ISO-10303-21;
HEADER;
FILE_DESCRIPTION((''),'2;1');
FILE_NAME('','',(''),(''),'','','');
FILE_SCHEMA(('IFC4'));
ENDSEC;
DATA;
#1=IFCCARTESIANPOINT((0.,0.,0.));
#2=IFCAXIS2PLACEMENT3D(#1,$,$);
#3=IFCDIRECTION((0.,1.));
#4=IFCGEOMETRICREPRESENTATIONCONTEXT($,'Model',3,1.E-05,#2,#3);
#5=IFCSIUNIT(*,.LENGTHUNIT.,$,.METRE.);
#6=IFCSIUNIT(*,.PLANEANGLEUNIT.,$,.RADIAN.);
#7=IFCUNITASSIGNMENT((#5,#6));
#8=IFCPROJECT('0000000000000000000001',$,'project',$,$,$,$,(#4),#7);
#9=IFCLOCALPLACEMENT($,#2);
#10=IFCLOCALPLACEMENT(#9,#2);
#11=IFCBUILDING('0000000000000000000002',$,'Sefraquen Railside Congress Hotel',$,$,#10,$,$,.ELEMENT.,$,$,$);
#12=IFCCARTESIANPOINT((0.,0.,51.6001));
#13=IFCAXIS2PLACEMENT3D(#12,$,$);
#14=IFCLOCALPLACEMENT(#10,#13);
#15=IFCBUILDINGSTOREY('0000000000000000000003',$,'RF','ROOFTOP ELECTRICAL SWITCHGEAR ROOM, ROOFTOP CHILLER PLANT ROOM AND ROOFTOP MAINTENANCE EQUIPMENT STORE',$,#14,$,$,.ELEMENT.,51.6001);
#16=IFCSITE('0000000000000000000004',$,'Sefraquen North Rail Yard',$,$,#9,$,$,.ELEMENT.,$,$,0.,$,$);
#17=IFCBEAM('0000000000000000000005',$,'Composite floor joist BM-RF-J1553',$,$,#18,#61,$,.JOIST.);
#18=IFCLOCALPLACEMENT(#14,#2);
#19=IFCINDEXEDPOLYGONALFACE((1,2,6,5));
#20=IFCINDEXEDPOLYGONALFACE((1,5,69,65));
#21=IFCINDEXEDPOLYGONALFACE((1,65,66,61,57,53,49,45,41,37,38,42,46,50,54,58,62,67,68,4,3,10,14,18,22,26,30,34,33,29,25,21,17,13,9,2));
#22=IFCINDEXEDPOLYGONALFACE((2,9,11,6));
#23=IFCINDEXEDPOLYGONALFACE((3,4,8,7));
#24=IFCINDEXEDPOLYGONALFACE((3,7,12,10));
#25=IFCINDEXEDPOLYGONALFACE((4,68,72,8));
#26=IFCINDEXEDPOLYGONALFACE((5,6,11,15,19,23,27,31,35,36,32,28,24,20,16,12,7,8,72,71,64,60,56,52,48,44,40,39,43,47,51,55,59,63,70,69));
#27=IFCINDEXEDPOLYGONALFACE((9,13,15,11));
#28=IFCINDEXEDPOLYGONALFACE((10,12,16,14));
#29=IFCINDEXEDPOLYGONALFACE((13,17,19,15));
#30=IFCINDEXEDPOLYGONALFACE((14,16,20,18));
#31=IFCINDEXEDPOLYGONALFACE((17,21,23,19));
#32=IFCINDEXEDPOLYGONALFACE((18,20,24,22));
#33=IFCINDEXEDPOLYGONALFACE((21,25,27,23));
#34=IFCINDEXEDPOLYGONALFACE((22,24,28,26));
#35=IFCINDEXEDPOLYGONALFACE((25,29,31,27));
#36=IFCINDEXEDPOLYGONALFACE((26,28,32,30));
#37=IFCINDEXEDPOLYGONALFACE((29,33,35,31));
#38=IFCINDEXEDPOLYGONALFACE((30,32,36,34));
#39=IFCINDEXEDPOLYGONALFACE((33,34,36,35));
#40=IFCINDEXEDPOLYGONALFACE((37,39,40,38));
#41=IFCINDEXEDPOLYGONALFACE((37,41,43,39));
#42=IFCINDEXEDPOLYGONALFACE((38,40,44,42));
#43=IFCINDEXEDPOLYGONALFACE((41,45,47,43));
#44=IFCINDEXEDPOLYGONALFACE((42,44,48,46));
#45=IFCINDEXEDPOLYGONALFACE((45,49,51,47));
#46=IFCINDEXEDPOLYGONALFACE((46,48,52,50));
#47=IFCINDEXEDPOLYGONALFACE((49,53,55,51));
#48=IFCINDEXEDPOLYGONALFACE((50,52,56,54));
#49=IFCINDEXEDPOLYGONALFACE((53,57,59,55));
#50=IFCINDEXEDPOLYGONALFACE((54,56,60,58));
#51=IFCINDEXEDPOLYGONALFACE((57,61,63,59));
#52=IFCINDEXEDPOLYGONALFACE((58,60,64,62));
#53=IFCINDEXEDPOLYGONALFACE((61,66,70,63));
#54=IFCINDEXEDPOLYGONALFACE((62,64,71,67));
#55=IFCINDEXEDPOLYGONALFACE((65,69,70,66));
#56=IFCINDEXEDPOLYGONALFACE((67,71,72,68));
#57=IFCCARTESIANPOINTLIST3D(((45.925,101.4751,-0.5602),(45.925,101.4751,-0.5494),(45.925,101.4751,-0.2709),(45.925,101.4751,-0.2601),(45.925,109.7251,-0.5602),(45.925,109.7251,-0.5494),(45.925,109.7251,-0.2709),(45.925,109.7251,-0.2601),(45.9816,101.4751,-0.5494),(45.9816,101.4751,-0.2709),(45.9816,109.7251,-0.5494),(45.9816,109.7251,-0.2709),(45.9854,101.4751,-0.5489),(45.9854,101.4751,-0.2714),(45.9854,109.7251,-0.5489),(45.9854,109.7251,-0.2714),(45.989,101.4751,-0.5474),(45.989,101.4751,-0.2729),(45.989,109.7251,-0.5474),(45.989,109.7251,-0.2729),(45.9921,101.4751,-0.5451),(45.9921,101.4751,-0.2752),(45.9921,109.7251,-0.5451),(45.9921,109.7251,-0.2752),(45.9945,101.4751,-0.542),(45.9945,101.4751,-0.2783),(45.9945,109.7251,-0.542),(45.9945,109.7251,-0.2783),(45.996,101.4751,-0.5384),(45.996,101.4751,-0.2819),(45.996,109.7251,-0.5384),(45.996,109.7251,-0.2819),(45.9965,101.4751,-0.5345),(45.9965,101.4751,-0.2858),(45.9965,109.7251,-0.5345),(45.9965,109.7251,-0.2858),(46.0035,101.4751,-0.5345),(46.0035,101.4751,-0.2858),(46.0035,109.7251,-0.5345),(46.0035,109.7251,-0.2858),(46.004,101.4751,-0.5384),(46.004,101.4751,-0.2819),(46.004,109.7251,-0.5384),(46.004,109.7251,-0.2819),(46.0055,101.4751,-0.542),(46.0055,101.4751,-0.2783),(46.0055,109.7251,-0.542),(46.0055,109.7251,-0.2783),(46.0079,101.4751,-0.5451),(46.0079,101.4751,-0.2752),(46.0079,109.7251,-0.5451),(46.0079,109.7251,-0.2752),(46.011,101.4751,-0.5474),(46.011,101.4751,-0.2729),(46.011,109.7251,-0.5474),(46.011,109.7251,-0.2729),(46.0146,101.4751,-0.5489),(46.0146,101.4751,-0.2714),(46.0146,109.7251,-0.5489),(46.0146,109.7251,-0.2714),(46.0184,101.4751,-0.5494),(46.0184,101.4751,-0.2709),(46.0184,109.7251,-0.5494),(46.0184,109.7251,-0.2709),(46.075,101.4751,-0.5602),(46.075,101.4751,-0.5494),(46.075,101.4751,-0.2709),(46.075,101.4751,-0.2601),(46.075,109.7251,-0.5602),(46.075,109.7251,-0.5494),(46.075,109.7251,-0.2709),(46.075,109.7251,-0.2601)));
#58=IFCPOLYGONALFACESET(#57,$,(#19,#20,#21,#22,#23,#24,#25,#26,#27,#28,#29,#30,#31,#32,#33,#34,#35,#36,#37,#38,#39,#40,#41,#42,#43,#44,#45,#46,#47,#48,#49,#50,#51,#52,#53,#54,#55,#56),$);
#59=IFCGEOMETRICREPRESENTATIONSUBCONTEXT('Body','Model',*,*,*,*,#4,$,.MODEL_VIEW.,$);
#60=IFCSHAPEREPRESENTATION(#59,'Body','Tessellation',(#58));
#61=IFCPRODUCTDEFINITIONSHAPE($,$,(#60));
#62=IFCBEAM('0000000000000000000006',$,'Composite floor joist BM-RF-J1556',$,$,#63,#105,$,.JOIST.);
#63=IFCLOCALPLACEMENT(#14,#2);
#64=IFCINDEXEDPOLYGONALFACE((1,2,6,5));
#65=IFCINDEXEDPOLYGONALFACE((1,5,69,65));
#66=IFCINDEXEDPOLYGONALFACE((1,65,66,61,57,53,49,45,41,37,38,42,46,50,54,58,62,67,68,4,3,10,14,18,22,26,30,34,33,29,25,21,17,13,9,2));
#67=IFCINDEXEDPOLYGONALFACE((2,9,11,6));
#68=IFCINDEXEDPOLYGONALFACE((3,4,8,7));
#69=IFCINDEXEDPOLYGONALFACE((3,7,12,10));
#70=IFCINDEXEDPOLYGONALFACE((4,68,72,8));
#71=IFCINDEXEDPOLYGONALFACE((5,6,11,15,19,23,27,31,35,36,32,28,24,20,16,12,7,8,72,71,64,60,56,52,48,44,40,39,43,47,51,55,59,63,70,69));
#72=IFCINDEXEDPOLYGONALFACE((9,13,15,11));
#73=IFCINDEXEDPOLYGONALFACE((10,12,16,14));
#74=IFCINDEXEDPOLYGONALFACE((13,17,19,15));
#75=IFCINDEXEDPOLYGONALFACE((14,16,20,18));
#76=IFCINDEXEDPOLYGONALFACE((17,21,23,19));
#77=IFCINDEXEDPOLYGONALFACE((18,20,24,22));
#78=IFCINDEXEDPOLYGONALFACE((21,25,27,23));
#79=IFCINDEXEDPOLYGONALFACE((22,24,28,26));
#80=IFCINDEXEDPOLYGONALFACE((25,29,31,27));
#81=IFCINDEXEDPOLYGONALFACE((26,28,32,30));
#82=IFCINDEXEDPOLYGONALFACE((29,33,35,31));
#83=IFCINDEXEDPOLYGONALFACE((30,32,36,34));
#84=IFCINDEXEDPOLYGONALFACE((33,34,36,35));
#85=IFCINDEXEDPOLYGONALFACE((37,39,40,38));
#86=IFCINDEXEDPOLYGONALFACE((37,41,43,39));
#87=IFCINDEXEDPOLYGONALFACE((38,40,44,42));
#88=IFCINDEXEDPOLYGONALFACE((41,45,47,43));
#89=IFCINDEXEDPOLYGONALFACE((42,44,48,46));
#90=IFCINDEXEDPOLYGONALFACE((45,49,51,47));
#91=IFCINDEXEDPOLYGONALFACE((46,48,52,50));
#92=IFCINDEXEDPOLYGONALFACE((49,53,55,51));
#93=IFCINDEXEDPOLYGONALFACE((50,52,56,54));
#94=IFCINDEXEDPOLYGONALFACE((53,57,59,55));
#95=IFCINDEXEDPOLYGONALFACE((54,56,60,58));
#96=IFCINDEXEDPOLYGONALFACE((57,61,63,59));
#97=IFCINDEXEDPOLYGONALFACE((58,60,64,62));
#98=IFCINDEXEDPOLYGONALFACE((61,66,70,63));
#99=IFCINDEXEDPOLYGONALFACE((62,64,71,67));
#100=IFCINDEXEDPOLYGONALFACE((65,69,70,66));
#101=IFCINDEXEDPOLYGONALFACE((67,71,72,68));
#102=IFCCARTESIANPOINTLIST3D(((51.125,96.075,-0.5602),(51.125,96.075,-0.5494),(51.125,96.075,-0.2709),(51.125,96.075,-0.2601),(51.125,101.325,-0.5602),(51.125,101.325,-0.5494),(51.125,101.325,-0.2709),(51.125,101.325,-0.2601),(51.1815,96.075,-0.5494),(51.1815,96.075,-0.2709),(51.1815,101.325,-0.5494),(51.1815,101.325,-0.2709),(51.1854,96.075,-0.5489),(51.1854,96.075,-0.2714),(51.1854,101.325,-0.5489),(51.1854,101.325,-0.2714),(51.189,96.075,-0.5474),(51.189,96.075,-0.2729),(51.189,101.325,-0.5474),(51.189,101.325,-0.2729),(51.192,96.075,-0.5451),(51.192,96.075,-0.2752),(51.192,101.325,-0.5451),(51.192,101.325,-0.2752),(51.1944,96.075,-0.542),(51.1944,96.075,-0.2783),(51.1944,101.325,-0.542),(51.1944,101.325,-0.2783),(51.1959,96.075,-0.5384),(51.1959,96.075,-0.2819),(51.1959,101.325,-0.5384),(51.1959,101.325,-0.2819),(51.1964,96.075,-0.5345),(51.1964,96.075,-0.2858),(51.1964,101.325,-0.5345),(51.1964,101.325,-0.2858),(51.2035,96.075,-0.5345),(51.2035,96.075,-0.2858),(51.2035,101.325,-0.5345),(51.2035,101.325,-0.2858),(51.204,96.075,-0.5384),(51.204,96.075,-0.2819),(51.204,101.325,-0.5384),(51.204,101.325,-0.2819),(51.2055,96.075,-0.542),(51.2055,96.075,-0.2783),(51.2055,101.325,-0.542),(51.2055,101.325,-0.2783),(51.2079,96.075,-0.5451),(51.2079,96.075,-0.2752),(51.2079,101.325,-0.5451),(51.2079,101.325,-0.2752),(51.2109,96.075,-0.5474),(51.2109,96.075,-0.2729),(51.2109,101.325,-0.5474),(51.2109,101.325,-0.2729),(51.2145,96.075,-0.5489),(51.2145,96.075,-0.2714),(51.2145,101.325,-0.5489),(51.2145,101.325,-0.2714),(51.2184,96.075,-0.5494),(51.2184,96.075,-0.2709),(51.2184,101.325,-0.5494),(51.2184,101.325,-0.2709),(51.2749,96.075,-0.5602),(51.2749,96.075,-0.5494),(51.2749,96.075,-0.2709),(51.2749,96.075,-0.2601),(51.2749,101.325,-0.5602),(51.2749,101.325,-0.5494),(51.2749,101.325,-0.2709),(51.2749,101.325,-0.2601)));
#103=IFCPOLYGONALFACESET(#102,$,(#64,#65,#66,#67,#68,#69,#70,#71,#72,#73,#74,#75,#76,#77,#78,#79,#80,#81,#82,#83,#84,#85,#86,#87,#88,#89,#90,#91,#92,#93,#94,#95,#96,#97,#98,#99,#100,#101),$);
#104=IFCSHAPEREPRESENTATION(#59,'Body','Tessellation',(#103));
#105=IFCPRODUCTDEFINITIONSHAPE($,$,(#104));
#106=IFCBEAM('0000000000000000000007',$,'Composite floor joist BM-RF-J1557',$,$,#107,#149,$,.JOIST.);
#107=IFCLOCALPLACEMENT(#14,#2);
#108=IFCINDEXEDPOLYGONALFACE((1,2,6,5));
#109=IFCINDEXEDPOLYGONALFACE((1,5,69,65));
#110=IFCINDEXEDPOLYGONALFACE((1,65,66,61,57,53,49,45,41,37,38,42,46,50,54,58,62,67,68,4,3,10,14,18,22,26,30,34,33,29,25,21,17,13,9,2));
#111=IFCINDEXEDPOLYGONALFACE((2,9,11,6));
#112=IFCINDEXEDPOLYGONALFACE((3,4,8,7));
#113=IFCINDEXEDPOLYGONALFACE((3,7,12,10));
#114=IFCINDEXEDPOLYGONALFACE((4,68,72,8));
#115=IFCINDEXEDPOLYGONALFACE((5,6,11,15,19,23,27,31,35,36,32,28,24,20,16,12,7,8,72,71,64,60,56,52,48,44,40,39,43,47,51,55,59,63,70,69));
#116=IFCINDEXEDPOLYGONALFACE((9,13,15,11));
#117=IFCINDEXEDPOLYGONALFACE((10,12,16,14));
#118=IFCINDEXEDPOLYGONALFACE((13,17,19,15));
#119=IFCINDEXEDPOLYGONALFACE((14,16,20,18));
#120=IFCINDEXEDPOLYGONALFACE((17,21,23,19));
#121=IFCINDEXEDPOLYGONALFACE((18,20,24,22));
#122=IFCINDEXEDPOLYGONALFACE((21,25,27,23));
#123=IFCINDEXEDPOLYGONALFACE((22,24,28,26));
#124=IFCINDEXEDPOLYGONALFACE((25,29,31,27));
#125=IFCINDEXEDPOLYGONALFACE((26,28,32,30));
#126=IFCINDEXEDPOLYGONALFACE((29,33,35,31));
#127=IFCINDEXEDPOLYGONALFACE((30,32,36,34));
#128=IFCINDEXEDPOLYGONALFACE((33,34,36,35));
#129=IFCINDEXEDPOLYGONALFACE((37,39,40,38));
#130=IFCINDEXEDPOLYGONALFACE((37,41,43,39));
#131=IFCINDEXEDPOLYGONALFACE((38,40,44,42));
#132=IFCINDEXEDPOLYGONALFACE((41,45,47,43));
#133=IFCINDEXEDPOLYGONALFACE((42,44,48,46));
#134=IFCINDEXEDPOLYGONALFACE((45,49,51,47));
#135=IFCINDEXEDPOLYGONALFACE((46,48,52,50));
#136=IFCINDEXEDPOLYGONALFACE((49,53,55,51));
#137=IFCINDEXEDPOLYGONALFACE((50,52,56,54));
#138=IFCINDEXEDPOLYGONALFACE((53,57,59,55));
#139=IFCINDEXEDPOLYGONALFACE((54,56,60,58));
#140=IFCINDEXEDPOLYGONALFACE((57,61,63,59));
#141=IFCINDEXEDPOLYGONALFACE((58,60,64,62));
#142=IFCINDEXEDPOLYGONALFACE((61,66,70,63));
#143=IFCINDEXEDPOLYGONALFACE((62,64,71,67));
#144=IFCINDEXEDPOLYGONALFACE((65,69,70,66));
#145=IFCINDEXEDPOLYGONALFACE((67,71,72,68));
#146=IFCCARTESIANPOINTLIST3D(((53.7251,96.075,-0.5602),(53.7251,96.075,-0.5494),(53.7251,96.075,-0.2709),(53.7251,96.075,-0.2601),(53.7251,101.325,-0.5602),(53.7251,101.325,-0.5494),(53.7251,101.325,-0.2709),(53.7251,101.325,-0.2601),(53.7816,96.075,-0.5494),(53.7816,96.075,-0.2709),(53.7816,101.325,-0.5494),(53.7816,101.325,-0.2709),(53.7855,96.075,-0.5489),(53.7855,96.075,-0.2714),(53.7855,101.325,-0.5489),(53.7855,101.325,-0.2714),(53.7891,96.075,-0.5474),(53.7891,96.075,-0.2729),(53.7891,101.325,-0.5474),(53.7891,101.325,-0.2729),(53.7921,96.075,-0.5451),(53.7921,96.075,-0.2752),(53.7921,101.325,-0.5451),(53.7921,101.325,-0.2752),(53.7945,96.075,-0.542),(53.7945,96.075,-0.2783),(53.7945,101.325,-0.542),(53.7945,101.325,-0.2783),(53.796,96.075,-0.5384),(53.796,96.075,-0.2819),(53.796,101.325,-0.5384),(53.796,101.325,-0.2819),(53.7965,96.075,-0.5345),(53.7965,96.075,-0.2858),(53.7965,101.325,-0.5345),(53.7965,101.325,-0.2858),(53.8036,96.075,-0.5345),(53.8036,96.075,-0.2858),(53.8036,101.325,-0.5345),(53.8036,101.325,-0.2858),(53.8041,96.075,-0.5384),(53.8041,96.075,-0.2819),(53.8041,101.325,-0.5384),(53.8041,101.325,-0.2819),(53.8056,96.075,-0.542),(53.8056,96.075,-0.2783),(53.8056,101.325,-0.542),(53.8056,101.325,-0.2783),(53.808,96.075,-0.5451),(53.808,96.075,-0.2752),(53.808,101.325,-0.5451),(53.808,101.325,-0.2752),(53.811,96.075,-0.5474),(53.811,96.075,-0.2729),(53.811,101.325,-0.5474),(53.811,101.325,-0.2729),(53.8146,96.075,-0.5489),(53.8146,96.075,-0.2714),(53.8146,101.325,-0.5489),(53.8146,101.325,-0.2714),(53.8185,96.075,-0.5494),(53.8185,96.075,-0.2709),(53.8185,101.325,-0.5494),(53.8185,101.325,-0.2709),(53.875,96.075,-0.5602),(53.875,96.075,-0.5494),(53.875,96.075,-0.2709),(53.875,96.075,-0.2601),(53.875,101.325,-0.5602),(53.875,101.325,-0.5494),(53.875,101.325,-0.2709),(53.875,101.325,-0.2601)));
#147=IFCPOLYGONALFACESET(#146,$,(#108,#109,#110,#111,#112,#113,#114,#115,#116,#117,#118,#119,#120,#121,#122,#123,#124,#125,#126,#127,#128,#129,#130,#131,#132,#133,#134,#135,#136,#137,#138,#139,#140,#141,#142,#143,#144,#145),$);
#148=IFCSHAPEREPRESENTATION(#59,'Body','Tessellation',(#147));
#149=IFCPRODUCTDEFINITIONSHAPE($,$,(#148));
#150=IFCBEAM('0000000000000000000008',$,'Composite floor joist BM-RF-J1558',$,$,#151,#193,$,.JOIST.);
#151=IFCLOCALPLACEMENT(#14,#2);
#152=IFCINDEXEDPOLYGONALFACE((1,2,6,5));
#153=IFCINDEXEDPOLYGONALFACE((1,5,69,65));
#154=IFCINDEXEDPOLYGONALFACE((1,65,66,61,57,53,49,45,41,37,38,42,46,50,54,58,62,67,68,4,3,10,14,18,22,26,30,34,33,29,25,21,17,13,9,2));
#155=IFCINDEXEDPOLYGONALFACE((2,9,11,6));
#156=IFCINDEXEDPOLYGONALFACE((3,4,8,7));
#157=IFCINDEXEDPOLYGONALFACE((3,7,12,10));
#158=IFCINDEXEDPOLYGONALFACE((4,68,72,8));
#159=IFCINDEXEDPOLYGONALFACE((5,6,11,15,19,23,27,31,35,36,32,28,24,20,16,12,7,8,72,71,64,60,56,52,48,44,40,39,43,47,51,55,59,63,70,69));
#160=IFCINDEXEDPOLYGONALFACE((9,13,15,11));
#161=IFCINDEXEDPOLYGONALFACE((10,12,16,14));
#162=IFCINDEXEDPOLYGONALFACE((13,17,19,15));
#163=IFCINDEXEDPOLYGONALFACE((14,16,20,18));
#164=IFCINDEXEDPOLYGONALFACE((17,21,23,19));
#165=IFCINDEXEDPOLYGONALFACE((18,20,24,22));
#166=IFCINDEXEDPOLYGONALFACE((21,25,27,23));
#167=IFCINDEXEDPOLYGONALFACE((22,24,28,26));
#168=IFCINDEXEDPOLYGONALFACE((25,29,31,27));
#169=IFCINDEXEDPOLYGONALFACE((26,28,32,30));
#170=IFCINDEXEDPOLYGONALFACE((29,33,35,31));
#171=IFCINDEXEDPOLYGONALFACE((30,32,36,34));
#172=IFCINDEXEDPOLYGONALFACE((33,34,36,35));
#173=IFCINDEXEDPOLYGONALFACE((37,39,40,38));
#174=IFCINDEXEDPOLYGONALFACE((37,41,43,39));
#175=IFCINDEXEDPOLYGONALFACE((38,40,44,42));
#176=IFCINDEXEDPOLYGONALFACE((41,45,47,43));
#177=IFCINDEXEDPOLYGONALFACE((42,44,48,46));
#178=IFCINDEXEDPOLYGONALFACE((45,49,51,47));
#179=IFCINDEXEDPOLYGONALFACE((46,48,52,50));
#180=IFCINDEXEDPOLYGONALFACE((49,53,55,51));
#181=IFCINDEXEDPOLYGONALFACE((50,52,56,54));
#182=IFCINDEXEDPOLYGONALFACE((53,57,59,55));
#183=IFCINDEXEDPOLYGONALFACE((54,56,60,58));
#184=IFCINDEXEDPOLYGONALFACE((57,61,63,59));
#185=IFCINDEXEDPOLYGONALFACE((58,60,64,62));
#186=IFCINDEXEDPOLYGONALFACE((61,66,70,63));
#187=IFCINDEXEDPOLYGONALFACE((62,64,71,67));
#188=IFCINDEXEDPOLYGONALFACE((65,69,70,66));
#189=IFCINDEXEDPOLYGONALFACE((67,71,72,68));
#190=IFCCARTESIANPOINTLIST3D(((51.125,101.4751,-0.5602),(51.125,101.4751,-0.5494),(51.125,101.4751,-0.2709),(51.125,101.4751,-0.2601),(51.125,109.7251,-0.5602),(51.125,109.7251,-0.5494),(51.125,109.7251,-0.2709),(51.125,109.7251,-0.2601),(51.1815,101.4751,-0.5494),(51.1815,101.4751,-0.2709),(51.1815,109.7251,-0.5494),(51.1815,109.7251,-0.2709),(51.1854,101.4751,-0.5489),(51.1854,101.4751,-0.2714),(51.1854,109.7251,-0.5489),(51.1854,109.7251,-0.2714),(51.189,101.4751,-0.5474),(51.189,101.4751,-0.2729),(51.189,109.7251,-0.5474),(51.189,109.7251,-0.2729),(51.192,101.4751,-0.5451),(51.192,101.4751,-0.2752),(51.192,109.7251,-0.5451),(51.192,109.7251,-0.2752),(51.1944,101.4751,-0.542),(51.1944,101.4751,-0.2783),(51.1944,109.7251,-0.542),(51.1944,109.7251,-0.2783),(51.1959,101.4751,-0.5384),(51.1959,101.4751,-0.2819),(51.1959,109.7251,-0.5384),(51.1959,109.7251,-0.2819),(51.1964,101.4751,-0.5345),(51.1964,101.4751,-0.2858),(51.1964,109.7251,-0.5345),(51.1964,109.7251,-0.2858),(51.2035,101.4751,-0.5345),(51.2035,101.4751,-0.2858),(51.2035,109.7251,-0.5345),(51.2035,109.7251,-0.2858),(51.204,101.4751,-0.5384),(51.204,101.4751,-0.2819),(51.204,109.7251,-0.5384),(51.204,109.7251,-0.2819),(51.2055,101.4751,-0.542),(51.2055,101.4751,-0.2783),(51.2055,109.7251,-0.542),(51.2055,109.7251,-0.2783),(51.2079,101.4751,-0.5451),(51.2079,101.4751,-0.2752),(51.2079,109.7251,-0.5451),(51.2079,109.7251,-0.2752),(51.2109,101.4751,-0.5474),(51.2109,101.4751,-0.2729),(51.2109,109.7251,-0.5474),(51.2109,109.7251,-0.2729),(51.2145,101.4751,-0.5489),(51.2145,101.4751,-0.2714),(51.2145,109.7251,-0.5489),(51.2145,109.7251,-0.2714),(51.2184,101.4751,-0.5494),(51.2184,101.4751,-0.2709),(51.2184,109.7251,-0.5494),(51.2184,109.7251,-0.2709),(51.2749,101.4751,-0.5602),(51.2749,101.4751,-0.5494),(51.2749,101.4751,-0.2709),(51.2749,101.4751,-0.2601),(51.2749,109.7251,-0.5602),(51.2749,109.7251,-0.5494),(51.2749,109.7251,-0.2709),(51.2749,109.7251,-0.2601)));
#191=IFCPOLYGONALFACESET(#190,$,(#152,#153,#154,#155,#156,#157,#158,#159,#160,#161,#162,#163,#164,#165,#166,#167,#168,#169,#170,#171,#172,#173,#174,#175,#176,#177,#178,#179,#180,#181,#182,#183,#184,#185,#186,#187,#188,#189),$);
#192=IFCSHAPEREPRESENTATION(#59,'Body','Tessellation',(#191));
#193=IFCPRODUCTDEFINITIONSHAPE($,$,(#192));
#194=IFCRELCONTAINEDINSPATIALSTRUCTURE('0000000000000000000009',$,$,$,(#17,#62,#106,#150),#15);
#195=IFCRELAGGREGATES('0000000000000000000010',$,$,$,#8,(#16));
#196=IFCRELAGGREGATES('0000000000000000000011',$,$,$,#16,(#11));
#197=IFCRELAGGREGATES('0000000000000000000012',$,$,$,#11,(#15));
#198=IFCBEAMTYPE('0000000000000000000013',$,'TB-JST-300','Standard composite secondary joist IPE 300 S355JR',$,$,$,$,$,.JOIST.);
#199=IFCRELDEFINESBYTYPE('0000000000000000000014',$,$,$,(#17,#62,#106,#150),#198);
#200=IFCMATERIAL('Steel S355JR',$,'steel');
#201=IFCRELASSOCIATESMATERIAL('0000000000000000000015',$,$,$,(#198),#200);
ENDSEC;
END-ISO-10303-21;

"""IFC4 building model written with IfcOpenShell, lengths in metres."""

from ifc_helpers import new_model, si_unit, direction, frame, origin, origin_2d, place, context, subcontext, project, spatial, i_section, extrude, material, material_profile, profile_set, type_object, element, save


model = new_model("IFC4")

# Units and contexts
model_context = context("Model", 3, precision=1e-05, world=origin(), true_north=direction((0.0, 1.0)))
body_context = subcontext(model_context, "Body", "Model", "MODEL_VIEW")
ifc_project = project(units=[si_unit("LENGTHUNIT", "METRE"), si_unit("PLANEANGLEUNIT", "RADIAN")], contexts=[model_context])

# Site, building, storey
site_placement = place(None, origin())
site = spatial("IfcSite", under=ifc_project, at=site_placement, Name="Sefraquen North Rail Yard", CompositionType="ELEMENT", RefElevation=0.0)
building_placement = place(site_placement, origin())
building = spatial("IfcBuilding", under=site, at=building_placement, Name="Sefraquen Railside Congress Hotel", CompositionType="ELEMENT")
storey_placement = place(building_placement, frame((0.0, 0.0, 51.6001)))
storey = spatial("IfcBuildingStorey", under=building, at=storey_placement, Name="RF", Description="ROOFTOP ELECTRICAL SWITCHGEAR ROOM, ROOFTOP CHILLER PLANT ROOM AND ROOFTOP MAINTENANCE EQUIPMENT STORE", CompositionType="ELEMENT", Elevation=51.6001)

# Beams
ifc_material_1 = material(Name="Steel S355JR", Category="steel")
ifc_material_profile_1 = material_profile(ifc_material_1, i_section(OverallWidth=0.1499, OverallDepth=0.3, WebThickness=0.0071, FlangeThickness=0.0107, FilletRadius=0.0149, at=origin_2d()), Name="IPE 300")
ifc_profile_set_1 = profile_set([ifc_material_profile_1], Name="Steel S355JR")
beam_type_1 = type_object("IfcBeamType", Name="TB-JST-300", Description="Standard composite secondary joist IPE 300 S355JR", PredefinedType="JOIST", material=ifc_profile_set_1)
for number, where, z_axis, x_axis, name in (
    (1, (46.0, 101.4751, -0.4102), (0.0, 1.0, 0.0), (-1.0, 0.0, 0.0), "Composite floor joist BM-RF-J1553"),
):
    element("IfcBeam", number, at=place(storey_placement, frame(where, z_axis=z_axis, x_axis=x_axis)), inside=storey, type_object=beam_type_1, Name=name, PredefinedType="JOIST", context=body_context, shape_type="SweptSolid", body=[
        extrude(i_section(OverallWidth=0.1499, OverallDepth=0.3, WebThickness=0.0071, FlangeThickness=0.0107, FilletRadius=0.0149, at=origin_2d()), origin(), (0.0, 0.0, 1.0), 8.25),
    ])
for number, where, z_axis, x_axis, name in (
    (2, (51.2, 96.075, -0.4102), (0.0, 1.0, 0.0), (-1.0, 0.0, 0.0), "Composite floor joist BM-RF-J1556"),
    (3, (53.8, 96.075, -0.4102), (0.0, 1.0, 0.0), (-1.0, 0.0, 0.0), "Composite floor joist BM-RF-J1557"),
):
    element("IfcBeam", number, at=place(storey_placement, frame(where, z_axis=z_axis, x_axis=x_axis)), inside=storey, type_object=beam_type_1, Name=name, PredefinedType="JOIST", context=body_context, shape_type="SweptSolid", body=[
        extrude(i_section(OverallWidth=0.1499, OverallDepth=0.3, WebThickness=0.0071, FlangeThickness=0.0107, FilletRadius=0.0149, at=origin_2d()), origin(), (0.0, 0.0, 1.0), 5.25),
    ])
for number, where, z_axis, x_axis, name in (
    (4, (51.2, 101.4751, -0.4102), (0.0, 1.0, 0.0), (-1.0, 0.0, 0.0), "Composite floor joist BM-RF-J1558"),
):
    element("IfcBeam", number, at=place(storey_placement, frame(where, z_axis=z_axis, x_axis=x_axis)), inside=storey, type_object=beam_type_1, Name=name, PredefinedType="JOIST", context=body_context, shape_type="SweptSolid", body=[
        extrude(i_section(OverallWidth=0.1499, OverallDepth=0.3, WebThickness=0.0071, FlangeThickness=0.0107, FilletRadius=0.0149, at=origin_2d()), origin(), (0.0, 0.0, 1.0), 8.25),
    ])

save(model, "model.ifc")
